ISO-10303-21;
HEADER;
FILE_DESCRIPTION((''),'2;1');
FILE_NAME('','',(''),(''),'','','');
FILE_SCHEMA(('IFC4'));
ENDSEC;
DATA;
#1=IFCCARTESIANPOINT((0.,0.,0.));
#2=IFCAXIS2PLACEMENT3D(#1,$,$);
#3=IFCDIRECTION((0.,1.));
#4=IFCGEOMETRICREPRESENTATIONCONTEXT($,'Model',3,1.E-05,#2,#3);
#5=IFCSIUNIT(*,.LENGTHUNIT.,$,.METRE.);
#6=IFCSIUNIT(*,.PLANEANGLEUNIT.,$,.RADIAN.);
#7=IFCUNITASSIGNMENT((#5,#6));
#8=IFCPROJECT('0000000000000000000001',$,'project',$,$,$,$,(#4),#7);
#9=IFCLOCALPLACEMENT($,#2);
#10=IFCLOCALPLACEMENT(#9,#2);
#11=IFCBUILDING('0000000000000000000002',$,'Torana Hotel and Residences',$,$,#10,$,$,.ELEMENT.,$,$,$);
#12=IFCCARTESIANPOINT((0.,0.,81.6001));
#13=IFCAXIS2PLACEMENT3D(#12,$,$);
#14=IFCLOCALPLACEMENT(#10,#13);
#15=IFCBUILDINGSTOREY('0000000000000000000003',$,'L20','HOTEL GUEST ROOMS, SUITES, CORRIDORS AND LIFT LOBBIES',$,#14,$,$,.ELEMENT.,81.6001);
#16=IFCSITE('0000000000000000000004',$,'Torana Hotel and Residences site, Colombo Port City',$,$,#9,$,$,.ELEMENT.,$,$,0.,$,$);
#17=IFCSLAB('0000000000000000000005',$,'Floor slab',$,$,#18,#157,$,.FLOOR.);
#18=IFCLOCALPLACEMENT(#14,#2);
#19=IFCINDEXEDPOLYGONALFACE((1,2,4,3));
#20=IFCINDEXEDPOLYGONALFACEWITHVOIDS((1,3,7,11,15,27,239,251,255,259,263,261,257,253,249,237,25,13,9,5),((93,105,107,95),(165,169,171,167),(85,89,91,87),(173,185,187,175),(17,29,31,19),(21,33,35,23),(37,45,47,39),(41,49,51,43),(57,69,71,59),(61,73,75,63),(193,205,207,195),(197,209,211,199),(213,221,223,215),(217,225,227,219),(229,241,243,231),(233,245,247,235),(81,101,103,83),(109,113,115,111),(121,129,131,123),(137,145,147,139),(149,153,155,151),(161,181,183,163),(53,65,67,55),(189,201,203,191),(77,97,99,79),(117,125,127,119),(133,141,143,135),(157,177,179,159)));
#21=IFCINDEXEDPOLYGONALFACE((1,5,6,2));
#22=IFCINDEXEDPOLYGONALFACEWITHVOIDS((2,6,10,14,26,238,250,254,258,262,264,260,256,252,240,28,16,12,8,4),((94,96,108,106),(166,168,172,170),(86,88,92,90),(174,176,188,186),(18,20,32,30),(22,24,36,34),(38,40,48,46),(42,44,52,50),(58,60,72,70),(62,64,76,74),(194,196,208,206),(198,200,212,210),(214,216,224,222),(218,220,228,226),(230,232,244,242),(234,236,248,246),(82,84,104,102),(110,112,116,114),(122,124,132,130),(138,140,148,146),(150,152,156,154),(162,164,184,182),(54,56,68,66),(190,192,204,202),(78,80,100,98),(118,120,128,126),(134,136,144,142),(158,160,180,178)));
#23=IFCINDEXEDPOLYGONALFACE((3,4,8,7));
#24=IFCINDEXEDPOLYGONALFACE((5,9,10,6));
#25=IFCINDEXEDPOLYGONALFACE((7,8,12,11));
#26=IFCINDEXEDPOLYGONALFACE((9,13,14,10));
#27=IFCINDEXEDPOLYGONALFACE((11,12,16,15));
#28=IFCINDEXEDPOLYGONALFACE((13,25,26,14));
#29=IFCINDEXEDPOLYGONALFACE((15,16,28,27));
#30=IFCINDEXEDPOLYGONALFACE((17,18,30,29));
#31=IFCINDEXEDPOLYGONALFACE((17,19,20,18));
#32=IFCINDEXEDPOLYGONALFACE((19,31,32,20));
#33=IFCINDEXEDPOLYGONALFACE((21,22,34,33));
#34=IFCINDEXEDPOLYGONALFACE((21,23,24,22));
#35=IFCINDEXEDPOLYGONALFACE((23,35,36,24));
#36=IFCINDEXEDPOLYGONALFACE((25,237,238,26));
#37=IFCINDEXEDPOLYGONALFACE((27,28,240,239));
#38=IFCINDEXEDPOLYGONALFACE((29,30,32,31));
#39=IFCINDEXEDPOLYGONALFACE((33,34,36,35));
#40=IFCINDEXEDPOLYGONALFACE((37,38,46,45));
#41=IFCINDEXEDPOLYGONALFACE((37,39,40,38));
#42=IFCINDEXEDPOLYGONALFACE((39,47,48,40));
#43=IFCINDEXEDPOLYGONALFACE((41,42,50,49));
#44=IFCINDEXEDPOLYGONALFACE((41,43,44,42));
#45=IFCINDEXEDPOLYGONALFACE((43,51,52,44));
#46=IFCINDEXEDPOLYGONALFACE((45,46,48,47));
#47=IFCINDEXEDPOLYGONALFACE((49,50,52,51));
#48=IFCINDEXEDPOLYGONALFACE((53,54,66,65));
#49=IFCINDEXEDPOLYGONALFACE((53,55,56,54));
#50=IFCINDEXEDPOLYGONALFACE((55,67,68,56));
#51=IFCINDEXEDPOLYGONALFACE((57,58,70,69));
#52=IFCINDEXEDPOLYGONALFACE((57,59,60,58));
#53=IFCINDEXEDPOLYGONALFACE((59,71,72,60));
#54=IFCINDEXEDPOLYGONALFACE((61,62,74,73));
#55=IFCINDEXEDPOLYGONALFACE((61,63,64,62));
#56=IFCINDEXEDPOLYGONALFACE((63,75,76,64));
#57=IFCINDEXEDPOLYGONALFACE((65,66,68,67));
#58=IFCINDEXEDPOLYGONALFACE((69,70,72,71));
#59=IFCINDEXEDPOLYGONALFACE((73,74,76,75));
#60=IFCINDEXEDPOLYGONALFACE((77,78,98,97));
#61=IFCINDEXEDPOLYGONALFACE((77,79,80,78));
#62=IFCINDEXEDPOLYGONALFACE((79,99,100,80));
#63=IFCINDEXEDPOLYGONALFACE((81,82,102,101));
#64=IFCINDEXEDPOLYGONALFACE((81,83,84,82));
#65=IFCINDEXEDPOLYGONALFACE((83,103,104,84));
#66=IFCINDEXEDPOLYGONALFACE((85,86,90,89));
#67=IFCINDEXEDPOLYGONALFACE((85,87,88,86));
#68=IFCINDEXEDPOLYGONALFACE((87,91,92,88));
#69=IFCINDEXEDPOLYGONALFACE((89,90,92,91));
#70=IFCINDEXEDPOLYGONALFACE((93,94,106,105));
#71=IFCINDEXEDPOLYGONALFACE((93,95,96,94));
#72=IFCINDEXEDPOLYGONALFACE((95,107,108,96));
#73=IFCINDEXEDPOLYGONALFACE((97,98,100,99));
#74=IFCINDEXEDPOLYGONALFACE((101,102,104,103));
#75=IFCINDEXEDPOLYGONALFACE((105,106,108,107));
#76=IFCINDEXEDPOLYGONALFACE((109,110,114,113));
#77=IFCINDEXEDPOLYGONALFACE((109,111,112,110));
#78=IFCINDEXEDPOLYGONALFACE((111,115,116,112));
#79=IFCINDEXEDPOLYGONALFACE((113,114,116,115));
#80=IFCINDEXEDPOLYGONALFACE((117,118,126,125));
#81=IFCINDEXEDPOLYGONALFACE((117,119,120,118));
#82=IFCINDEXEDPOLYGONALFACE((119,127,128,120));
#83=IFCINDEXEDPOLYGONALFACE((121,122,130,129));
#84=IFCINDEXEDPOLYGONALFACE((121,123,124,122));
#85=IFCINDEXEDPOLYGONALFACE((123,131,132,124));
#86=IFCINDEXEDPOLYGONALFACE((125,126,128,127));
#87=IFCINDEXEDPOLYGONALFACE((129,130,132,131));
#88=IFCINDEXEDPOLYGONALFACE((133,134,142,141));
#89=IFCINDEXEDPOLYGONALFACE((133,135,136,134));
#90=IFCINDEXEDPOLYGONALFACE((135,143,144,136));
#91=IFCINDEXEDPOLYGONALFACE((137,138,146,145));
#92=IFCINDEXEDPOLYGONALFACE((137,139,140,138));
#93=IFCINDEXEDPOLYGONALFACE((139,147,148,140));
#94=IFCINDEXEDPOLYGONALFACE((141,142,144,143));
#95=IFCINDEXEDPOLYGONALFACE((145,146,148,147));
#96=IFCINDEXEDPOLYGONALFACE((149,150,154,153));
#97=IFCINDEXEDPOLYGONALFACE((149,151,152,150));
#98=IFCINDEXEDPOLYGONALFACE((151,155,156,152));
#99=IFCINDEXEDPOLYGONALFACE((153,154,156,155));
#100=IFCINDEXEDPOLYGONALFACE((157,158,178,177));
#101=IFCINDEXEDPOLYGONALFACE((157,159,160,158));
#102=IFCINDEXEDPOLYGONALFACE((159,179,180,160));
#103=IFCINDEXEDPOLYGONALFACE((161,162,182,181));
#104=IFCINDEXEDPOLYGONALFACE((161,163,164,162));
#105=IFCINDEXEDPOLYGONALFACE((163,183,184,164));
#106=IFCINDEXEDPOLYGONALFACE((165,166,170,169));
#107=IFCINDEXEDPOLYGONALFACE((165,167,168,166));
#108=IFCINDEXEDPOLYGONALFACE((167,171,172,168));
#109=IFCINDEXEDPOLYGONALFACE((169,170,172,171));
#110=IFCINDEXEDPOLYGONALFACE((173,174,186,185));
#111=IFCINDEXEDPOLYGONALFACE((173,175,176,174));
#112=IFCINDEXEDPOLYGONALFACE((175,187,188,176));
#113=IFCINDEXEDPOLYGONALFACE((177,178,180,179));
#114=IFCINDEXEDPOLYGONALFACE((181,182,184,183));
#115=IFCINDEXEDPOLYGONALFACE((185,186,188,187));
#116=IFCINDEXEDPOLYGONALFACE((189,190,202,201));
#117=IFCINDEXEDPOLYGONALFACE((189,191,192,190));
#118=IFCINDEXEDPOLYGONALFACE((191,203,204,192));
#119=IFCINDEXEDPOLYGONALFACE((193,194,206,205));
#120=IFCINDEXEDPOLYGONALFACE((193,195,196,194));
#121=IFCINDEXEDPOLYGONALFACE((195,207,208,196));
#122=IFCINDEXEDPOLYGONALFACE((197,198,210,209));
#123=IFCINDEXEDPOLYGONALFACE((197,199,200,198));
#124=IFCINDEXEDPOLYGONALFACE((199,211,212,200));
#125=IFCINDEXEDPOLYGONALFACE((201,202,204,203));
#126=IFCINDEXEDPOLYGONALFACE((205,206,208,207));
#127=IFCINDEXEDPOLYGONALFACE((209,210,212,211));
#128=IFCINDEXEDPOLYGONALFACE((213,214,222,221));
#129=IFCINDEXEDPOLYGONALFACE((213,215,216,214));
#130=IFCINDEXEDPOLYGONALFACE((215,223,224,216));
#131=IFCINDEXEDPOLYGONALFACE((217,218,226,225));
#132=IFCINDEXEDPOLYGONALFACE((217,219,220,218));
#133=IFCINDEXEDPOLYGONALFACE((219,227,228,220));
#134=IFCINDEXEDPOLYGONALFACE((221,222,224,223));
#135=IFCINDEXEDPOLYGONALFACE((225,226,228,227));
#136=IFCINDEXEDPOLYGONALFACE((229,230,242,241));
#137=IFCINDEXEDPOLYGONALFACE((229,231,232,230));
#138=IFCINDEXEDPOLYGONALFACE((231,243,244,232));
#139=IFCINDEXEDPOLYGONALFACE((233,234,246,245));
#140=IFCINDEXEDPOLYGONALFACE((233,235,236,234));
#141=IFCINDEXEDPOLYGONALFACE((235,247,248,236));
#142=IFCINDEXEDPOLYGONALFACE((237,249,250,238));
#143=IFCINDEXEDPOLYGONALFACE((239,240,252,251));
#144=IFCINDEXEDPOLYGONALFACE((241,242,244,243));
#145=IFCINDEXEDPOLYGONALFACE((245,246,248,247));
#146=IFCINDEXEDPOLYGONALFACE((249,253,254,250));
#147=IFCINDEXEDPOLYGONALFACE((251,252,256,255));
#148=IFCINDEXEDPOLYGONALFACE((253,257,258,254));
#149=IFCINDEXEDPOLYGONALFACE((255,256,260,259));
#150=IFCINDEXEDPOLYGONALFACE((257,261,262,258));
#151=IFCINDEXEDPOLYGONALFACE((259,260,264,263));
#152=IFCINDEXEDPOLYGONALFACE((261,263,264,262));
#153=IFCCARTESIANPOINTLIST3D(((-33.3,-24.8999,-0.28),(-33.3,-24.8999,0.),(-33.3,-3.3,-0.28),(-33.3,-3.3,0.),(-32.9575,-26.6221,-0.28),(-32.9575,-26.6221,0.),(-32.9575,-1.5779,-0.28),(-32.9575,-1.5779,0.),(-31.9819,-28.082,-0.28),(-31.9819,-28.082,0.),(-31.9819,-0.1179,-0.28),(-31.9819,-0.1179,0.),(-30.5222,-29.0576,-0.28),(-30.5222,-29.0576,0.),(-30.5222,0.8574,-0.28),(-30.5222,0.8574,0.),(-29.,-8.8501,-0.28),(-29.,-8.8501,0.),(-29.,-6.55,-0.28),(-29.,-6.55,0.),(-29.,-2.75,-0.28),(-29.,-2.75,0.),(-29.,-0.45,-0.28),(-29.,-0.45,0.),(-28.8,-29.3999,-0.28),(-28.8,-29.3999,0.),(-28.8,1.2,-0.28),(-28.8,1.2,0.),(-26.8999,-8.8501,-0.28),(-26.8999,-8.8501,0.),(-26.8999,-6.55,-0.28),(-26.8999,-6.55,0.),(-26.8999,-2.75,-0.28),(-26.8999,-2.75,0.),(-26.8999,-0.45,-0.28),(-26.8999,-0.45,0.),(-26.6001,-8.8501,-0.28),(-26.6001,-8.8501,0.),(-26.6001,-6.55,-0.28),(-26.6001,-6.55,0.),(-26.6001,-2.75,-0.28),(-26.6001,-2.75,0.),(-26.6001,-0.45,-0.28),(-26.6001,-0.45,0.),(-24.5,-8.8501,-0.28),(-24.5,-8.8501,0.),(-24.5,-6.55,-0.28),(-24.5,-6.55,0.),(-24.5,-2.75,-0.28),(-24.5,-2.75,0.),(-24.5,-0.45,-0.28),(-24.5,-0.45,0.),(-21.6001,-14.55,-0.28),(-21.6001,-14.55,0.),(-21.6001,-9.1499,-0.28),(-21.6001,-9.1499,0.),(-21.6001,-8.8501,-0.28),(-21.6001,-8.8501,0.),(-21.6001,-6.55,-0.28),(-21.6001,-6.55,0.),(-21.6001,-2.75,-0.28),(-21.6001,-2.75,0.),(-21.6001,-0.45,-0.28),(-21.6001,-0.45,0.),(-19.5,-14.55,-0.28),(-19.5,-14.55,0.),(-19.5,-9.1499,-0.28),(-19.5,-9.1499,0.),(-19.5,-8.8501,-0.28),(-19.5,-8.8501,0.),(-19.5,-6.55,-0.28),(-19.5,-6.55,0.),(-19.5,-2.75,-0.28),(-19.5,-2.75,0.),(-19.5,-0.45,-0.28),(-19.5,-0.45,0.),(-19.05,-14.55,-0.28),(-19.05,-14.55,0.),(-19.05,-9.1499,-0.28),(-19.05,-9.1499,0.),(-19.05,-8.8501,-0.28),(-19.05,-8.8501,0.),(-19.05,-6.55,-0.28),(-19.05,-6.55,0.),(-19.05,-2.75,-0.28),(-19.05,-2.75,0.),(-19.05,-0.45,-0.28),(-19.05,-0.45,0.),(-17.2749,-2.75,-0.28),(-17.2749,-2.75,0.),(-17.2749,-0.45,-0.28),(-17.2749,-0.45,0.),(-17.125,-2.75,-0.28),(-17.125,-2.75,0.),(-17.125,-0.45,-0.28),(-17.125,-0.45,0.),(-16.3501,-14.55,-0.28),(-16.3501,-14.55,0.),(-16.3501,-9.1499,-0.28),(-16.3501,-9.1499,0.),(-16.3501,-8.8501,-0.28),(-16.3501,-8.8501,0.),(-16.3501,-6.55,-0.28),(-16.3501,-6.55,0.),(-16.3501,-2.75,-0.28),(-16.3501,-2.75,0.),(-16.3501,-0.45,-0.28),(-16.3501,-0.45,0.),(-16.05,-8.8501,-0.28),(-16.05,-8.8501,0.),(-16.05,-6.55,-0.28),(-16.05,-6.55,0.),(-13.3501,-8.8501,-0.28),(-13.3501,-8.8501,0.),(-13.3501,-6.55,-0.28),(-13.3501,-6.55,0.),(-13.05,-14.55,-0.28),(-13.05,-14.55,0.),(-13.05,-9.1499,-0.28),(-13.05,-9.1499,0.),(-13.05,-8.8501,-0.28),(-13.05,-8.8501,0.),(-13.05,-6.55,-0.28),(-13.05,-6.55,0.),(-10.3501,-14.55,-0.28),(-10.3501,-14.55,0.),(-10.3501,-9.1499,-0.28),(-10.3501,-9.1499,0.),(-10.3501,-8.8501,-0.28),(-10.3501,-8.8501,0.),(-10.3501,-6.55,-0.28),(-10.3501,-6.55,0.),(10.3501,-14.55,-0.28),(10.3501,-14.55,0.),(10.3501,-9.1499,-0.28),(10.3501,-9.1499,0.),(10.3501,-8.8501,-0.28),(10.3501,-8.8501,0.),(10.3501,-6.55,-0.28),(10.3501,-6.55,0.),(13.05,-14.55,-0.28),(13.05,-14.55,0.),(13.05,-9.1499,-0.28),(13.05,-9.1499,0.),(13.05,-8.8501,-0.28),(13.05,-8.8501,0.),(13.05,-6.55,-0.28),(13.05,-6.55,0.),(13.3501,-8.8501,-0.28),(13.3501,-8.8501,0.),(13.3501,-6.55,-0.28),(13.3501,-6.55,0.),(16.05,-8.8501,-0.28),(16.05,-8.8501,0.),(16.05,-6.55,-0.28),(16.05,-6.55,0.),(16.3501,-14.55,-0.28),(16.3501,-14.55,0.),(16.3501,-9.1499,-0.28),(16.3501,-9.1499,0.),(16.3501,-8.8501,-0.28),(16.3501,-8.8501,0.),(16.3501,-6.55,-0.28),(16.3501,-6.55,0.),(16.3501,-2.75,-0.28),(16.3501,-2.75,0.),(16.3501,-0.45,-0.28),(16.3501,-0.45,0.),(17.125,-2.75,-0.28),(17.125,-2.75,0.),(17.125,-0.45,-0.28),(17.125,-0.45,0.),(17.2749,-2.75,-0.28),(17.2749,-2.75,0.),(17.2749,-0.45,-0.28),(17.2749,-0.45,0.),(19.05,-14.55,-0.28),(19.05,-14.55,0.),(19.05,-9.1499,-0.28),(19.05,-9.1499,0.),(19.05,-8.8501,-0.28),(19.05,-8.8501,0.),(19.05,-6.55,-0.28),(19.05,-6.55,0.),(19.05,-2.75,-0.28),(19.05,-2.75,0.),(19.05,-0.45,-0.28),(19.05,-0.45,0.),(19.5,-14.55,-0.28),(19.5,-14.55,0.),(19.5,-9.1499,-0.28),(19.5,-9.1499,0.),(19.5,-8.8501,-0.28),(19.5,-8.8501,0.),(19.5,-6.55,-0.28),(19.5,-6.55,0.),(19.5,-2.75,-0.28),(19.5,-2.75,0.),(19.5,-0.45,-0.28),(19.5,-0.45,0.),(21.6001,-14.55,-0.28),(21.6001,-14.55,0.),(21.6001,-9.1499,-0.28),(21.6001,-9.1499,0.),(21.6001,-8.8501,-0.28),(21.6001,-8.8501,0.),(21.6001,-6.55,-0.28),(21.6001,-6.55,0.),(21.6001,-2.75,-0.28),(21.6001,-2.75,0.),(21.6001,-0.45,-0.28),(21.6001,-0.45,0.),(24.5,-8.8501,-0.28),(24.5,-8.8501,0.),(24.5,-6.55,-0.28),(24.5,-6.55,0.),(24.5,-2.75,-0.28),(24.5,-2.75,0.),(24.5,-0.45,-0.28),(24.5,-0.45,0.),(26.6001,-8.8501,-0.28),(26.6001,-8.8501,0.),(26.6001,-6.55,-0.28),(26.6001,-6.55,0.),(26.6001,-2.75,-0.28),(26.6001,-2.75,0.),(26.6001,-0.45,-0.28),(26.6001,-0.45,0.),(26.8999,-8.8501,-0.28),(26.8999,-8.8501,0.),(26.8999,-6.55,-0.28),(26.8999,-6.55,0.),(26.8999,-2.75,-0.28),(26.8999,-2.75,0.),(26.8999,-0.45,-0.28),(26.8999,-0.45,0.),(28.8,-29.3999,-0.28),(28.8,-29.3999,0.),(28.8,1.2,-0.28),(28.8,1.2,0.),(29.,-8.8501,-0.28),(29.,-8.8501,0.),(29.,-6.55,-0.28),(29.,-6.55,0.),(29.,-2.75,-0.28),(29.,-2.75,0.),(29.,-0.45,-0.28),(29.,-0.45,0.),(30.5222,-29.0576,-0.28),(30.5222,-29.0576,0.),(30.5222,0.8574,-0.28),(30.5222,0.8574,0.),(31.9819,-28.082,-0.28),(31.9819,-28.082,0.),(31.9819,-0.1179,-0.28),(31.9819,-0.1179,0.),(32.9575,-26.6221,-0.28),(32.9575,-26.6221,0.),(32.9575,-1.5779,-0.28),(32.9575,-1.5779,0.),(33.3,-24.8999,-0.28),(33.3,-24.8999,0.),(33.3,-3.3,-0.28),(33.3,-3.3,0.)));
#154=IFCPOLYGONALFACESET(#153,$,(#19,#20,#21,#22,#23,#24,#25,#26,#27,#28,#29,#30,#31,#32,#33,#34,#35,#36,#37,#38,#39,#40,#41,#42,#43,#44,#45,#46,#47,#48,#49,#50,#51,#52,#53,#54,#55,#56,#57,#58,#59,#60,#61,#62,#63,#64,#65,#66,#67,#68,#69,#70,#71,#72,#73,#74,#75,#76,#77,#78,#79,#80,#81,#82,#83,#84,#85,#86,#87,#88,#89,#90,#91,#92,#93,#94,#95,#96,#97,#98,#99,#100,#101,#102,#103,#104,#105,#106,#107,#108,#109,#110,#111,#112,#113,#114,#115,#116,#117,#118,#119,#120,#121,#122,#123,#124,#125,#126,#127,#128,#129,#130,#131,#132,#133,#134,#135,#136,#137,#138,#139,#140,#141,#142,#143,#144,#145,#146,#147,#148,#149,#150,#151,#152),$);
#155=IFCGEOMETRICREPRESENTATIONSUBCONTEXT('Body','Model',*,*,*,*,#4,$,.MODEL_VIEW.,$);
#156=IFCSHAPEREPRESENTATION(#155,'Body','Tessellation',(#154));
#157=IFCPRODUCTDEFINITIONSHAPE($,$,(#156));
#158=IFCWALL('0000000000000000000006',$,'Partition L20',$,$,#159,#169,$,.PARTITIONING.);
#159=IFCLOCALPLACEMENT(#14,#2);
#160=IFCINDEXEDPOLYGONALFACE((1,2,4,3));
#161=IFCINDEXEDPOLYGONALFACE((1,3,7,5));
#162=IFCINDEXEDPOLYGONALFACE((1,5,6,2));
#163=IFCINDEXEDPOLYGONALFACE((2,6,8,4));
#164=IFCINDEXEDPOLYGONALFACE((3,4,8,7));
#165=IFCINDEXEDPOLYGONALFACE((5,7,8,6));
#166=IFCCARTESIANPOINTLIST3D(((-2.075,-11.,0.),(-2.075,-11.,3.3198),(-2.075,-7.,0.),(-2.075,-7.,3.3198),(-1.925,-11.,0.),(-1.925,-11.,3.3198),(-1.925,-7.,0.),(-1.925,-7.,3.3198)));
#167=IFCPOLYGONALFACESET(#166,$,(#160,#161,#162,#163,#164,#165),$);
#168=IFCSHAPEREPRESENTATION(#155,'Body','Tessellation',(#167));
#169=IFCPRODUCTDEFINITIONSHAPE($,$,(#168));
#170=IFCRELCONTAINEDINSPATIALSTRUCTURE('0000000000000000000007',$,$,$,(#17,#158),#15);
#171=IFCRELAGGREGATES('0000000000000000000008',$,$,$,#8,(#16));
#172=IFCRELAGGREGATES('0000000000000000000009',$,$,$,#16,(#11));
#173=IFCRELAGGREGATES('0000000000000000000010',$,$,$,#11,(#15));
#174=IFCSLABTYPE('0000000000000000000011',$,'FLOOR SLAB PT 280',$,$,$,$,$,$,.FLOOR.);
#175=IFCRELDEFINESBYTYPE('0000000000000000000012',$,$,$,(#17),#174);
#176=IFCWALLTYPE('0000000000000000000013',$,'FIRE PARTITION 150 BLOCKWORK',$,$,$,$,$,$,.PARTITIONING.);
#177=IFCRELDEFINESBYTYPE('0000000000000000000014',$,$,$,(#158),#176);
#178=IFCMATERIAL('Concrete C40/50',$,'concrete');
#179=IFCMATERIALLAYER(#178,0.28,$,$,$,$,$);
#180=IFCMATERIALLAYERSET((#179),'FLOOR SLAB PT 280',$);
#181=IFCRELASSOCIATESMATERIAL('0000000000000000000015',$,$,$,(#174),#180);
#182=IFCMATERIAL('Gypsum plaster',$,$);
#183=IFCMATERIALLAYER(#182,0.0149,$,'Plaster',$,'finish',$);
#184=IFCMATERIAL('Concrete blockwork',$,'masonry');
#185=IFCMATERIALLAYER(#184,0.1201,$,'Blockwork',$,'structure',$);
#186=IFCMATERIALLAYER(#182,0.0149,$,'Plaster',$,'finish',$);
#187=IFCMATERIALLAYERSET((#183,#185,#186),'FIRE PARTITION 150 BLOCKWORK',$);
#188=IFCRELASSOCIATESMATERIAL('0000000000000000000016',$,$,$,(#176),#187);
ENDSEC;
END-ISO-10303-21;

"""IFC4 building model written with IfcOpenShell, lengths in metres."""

from ifc_helpers import new_model, si_unit, direction, frame, frame_2d, origin, place, context, subcontext, project, spatial, polyline, rectangle, outline, extrude, material, layer, layer_set, type_object, element, save


model = new_model("IFC4")

# Units and contexts
model_context = context("Model", 3, precision=1e-05, world=origin(), true_north=direction((0.0, 1.0)))
body_context = subcontext(model_context, "Body", "Model", "MODEL_VIEW")
ifc_project = project(units=[si_unit("LENGTHUNIT", "METRE"), si_unit("PLANEANGLEUNIT", "RADIAN")], contexts=[model_context])

# Site, building, storey
site_placement = place(None, origin())
site = spatial("IfcSite", under=ifc_project, at=site_placement, Name="Torana Hotel and Residences site, Colombo Port City", CompositionType="ELEMENT", RefElevation=0.0)
building_placement = place(site_placement, origin())
building = spatial("IfcBuilding", under=site, at=building_placement, Name="Torana Hotel and Residences", CompositionType="ELEMENT")
storey_placement = place(building_placement, frame((0.0, 0.0, 81.6001)))
storey = spatial("IfcBuildingStorey", under=building, at=storey_placement, Name="L20", Description="HOTEL GUEST ROOMS, SUITES, CORRIDORS AND LIFT LOBBIES", CompositionType="ELEMENT", Elevation=81.6001)

# Slab
ifc_material_1 = material(Name="Concrete C40/50", Category="concrete")
ifc_layer_1 = layer(ifc_material_1, 0.28)
ifc_layer_set_1 = layer_set([ifc_layer_1], Name="FLOOR SLAB PT 280")
slab_type_1 = type_object("IfcSlabType", Name="FLOOR SLAB PT 280", PredefinedType="FLOOR", material=ifc_layer_set_1)
slab_1_placement = place(storey_placement, frame((0.0, 0.0, -0.28)))
element("IfcSlab", 1, at=slab_1_placement, inside=storey, type_object=slab_type_1, Name="Floor slab", PredefinedType="FLOOR", context=body_context, shape_type="SweptSolid", body=[
    extrude(outline(polyline([(33.3, -3.3), (32.9575, -1.5779), (31.9819, -0.1179), (30.5222, 0.8574), (28.8, 1.2), (-28.8, 1.2), (-30.5222, 0.8574), (-31.9819, -0.1179), (-32.9575, -1.5779), (-33.3, -3.3), (-33.3, -24.8999), (-32.9575, -26.6221), (-31.9819, -28.082), (-30.5222, -29.0576), (-28.8, -29.3999), (28.8, -29.3999), (30.5222, -29.0576), (31.9819, -28.082), (32.9575, -26.6221), (33.3, -24.8999), (33.3, -3.3)]), holes=[polyline([(-13.05, -14.55), (-10.3501, -14.55), (-10.3501, -9.1499), (-13.05, -9.1499), (-13.05, -14.55)]), polyline([(-19.05, -14.55), (-16.3501, -14.55), (-16.3501, -9.1499), (-19.05, -9.1499), (-19.05, -14.55)]), polyline([(-17.125, -2.75), (-16.3501, -2.75), (-16.3501, -0.45), (-17.125, -0.45), (-17.125, -2.75)]), polyline([(-19.05, -2.75), (-17.2749, -2.75), (-17.2749, -0.45), (-19.05, -0.45), (-19.05, -2.75)]), polyline([(-26.6001, -2.75), (-24.5, -2.75), (-24.5, -0.45), (-26.6001, -0.45), (-26.6001, -2.75)]), polyline([(-29.0, -2.75), (-26.8999, -2.75), (-26.8999, -0.45), (-29.0, -0.45), (-29.0, -2.75)]), polyline([(-26.6001, -8.8501), (-24.5, -8.8501), (-24.5, -6.55), (-26.6001, -6.55), (-26.6001, -8.8501)]), polyline([(-29.0, -8.8501), (-26.8999, -8.8501), (-26.8999, -6.55), (-29.0, -6.55), (-29.0, -8.8501)]), polyline([(-21.6001, -2.75), (-19.5, -2.75), (-19.5, -0.45), (-21.6001, -0.45), (-21.6001, -2.75)]), polyline([(-21.6001, -8.8501), (-19.5, -8.8501), (-19.5, -6.55), (-21.6001, -6.55), (-21.6001, -8.8501)]), polyline([(-13.05, -8.8501), (-10.3501, -8.8501), (-10.3501, -6.55), (-13.05, -6.55), (-13.05, -8.8501)]), polyline([(-16.05, -8.8501), (-13.3501, -8.8501), (-13.3501, -6.55), (-16.05, -6.55), (-16.05, -8.8501)]), polyline([(-19.05, -8.8501), (-16.3501, -8.8501), (-16.3501, -6.55), (-19.05, -6.55), (-19.05, -8.8501)]), polyline([(-21.6001, -14.55), (-19.5, -14.55), (-19.5, -9.1499), (-21.6001, -9.1499), (-21.6001, -14.55)]), polyline([(10.3501, -14.55), (13.05, -14.55), (13.05, -9.1499), (10.3501, -9.1499), (10.3501, -14.55)]), polyline([(16.3501, -14.55), (19.05, -14.55), (19.05, -9.1499), (16.3501, -9.1499), (16.3501, -14.55)]), polyline([(16.3501, -2.75), (17.125, -2.75), (17.125, -0.45), (16.3501, -0.45), (16.3501, -2.75)]), polyline([(17.2749, -2.75), (19.05, -2.75), (19.05, -0.45), (17.2749, -0.45), (17.2749, -2.75)]), polyline([(24.5, -2.75), (26.6001, -2.75), (26.6001, -0.45), (24.5, -0.45), (24.5, -2.75)]), polyline([(26.8999, -2.75), (29.0, -2.75), (29.0, -0.45), (26.8999, -0.45), (26.8999, -2.75)]), polyline([(24.5, -8.8501), (26.6001, -8.8501), (26.6001, -6.55), (24.5, -6.55), (24.5, -8.8501)]), polyline([(26.8999, -8.8501), (29.0, -8.8501), (29.0, -6.55), (26.8999, -6.55), (26.8999, -8.8501)]), polyline([(19.5, -2.75), (21.6001, -2.75), (21.6001, -0.45), (19.5, -0.45), (19.5, -2.75)]), polyline([(19.5, -8.8501), (21.6001, -8.8501), (21.6001, -6.55), (19.5, -6.55), (19.5, -8.8501)]), polyline([(10.3501, -8.8501), (13.05, -8.8501), (13.05, -6.55), (10.3501, -6.55), (10.3501, -8.8501)]), polyline([(13.3501, -8.8501), (16.05, -8.8501), (16.05, -6.55), (13.3501, -6.55), (13.3501, -8.8501)]), polyline([(16.3501, -8.8501), (19.05, -8.8501), (19.05, -6.55), (16.3501, -6.55), (16.3501, -8.8501)]), polyline([(19.5, -14.55), (21.6001, -14.55), (21.6001, -9.1499), (19.5, -9.1499), (19.5, -14.55)])]), origin(), (0.0, 0.0, 1.0), 0.28),
])

# Wall
ifc_material_2 = material(Name="Gypsum plaster")
ifc_layer_2 = layer(ifc_material_2, 0.0149, Name="Plaster", Category="finish")
ifc_material_3 = material(Name="Concrete blockwork", Category="masonry")
ifc_layer_3 = layer(ifc_material_3, 0.1201, Name="Blockwork", Category="structure")
ifc_layer_4 = layer(ifc_material_2, 0.0149, Name="Plaster", Category="finish")
ifc_layer_set_2 = layer_set([ifc_layer_2, ifc_layer_3, ifc_layer_4], Name="FIRE PARTITION 150 BLOCKWORK")
wall_type_1 = type_object("IfcWallType", Name="FIRE PARTITION 150 BLOCKWORK", PredefinedType="PARTITIONING", material=ifc_layer_set_2)
wall_1_placement = place(storey_placement, frame((-2.0, -11.0, 0.0), z_axis=(0.0, 0.0, 1.0), x_axis=(0.0, 1.0, 0.0)))
element("IfcWall", 2, at=wall_1_placement, inside=storey, type_object=wall_type_1, Name="Partition L20", PredefinedType="PARTITIONING", context=body_context, shape_type="SweptSolid", body=[
    extrude(rectangle(XDim=4.0, YDim=0.1499, at=frame_2d((2.0, 0.0))), origin(), (0.0, 0.0, 1.0), 3.3198),
])

save(model, "model.ifc")
